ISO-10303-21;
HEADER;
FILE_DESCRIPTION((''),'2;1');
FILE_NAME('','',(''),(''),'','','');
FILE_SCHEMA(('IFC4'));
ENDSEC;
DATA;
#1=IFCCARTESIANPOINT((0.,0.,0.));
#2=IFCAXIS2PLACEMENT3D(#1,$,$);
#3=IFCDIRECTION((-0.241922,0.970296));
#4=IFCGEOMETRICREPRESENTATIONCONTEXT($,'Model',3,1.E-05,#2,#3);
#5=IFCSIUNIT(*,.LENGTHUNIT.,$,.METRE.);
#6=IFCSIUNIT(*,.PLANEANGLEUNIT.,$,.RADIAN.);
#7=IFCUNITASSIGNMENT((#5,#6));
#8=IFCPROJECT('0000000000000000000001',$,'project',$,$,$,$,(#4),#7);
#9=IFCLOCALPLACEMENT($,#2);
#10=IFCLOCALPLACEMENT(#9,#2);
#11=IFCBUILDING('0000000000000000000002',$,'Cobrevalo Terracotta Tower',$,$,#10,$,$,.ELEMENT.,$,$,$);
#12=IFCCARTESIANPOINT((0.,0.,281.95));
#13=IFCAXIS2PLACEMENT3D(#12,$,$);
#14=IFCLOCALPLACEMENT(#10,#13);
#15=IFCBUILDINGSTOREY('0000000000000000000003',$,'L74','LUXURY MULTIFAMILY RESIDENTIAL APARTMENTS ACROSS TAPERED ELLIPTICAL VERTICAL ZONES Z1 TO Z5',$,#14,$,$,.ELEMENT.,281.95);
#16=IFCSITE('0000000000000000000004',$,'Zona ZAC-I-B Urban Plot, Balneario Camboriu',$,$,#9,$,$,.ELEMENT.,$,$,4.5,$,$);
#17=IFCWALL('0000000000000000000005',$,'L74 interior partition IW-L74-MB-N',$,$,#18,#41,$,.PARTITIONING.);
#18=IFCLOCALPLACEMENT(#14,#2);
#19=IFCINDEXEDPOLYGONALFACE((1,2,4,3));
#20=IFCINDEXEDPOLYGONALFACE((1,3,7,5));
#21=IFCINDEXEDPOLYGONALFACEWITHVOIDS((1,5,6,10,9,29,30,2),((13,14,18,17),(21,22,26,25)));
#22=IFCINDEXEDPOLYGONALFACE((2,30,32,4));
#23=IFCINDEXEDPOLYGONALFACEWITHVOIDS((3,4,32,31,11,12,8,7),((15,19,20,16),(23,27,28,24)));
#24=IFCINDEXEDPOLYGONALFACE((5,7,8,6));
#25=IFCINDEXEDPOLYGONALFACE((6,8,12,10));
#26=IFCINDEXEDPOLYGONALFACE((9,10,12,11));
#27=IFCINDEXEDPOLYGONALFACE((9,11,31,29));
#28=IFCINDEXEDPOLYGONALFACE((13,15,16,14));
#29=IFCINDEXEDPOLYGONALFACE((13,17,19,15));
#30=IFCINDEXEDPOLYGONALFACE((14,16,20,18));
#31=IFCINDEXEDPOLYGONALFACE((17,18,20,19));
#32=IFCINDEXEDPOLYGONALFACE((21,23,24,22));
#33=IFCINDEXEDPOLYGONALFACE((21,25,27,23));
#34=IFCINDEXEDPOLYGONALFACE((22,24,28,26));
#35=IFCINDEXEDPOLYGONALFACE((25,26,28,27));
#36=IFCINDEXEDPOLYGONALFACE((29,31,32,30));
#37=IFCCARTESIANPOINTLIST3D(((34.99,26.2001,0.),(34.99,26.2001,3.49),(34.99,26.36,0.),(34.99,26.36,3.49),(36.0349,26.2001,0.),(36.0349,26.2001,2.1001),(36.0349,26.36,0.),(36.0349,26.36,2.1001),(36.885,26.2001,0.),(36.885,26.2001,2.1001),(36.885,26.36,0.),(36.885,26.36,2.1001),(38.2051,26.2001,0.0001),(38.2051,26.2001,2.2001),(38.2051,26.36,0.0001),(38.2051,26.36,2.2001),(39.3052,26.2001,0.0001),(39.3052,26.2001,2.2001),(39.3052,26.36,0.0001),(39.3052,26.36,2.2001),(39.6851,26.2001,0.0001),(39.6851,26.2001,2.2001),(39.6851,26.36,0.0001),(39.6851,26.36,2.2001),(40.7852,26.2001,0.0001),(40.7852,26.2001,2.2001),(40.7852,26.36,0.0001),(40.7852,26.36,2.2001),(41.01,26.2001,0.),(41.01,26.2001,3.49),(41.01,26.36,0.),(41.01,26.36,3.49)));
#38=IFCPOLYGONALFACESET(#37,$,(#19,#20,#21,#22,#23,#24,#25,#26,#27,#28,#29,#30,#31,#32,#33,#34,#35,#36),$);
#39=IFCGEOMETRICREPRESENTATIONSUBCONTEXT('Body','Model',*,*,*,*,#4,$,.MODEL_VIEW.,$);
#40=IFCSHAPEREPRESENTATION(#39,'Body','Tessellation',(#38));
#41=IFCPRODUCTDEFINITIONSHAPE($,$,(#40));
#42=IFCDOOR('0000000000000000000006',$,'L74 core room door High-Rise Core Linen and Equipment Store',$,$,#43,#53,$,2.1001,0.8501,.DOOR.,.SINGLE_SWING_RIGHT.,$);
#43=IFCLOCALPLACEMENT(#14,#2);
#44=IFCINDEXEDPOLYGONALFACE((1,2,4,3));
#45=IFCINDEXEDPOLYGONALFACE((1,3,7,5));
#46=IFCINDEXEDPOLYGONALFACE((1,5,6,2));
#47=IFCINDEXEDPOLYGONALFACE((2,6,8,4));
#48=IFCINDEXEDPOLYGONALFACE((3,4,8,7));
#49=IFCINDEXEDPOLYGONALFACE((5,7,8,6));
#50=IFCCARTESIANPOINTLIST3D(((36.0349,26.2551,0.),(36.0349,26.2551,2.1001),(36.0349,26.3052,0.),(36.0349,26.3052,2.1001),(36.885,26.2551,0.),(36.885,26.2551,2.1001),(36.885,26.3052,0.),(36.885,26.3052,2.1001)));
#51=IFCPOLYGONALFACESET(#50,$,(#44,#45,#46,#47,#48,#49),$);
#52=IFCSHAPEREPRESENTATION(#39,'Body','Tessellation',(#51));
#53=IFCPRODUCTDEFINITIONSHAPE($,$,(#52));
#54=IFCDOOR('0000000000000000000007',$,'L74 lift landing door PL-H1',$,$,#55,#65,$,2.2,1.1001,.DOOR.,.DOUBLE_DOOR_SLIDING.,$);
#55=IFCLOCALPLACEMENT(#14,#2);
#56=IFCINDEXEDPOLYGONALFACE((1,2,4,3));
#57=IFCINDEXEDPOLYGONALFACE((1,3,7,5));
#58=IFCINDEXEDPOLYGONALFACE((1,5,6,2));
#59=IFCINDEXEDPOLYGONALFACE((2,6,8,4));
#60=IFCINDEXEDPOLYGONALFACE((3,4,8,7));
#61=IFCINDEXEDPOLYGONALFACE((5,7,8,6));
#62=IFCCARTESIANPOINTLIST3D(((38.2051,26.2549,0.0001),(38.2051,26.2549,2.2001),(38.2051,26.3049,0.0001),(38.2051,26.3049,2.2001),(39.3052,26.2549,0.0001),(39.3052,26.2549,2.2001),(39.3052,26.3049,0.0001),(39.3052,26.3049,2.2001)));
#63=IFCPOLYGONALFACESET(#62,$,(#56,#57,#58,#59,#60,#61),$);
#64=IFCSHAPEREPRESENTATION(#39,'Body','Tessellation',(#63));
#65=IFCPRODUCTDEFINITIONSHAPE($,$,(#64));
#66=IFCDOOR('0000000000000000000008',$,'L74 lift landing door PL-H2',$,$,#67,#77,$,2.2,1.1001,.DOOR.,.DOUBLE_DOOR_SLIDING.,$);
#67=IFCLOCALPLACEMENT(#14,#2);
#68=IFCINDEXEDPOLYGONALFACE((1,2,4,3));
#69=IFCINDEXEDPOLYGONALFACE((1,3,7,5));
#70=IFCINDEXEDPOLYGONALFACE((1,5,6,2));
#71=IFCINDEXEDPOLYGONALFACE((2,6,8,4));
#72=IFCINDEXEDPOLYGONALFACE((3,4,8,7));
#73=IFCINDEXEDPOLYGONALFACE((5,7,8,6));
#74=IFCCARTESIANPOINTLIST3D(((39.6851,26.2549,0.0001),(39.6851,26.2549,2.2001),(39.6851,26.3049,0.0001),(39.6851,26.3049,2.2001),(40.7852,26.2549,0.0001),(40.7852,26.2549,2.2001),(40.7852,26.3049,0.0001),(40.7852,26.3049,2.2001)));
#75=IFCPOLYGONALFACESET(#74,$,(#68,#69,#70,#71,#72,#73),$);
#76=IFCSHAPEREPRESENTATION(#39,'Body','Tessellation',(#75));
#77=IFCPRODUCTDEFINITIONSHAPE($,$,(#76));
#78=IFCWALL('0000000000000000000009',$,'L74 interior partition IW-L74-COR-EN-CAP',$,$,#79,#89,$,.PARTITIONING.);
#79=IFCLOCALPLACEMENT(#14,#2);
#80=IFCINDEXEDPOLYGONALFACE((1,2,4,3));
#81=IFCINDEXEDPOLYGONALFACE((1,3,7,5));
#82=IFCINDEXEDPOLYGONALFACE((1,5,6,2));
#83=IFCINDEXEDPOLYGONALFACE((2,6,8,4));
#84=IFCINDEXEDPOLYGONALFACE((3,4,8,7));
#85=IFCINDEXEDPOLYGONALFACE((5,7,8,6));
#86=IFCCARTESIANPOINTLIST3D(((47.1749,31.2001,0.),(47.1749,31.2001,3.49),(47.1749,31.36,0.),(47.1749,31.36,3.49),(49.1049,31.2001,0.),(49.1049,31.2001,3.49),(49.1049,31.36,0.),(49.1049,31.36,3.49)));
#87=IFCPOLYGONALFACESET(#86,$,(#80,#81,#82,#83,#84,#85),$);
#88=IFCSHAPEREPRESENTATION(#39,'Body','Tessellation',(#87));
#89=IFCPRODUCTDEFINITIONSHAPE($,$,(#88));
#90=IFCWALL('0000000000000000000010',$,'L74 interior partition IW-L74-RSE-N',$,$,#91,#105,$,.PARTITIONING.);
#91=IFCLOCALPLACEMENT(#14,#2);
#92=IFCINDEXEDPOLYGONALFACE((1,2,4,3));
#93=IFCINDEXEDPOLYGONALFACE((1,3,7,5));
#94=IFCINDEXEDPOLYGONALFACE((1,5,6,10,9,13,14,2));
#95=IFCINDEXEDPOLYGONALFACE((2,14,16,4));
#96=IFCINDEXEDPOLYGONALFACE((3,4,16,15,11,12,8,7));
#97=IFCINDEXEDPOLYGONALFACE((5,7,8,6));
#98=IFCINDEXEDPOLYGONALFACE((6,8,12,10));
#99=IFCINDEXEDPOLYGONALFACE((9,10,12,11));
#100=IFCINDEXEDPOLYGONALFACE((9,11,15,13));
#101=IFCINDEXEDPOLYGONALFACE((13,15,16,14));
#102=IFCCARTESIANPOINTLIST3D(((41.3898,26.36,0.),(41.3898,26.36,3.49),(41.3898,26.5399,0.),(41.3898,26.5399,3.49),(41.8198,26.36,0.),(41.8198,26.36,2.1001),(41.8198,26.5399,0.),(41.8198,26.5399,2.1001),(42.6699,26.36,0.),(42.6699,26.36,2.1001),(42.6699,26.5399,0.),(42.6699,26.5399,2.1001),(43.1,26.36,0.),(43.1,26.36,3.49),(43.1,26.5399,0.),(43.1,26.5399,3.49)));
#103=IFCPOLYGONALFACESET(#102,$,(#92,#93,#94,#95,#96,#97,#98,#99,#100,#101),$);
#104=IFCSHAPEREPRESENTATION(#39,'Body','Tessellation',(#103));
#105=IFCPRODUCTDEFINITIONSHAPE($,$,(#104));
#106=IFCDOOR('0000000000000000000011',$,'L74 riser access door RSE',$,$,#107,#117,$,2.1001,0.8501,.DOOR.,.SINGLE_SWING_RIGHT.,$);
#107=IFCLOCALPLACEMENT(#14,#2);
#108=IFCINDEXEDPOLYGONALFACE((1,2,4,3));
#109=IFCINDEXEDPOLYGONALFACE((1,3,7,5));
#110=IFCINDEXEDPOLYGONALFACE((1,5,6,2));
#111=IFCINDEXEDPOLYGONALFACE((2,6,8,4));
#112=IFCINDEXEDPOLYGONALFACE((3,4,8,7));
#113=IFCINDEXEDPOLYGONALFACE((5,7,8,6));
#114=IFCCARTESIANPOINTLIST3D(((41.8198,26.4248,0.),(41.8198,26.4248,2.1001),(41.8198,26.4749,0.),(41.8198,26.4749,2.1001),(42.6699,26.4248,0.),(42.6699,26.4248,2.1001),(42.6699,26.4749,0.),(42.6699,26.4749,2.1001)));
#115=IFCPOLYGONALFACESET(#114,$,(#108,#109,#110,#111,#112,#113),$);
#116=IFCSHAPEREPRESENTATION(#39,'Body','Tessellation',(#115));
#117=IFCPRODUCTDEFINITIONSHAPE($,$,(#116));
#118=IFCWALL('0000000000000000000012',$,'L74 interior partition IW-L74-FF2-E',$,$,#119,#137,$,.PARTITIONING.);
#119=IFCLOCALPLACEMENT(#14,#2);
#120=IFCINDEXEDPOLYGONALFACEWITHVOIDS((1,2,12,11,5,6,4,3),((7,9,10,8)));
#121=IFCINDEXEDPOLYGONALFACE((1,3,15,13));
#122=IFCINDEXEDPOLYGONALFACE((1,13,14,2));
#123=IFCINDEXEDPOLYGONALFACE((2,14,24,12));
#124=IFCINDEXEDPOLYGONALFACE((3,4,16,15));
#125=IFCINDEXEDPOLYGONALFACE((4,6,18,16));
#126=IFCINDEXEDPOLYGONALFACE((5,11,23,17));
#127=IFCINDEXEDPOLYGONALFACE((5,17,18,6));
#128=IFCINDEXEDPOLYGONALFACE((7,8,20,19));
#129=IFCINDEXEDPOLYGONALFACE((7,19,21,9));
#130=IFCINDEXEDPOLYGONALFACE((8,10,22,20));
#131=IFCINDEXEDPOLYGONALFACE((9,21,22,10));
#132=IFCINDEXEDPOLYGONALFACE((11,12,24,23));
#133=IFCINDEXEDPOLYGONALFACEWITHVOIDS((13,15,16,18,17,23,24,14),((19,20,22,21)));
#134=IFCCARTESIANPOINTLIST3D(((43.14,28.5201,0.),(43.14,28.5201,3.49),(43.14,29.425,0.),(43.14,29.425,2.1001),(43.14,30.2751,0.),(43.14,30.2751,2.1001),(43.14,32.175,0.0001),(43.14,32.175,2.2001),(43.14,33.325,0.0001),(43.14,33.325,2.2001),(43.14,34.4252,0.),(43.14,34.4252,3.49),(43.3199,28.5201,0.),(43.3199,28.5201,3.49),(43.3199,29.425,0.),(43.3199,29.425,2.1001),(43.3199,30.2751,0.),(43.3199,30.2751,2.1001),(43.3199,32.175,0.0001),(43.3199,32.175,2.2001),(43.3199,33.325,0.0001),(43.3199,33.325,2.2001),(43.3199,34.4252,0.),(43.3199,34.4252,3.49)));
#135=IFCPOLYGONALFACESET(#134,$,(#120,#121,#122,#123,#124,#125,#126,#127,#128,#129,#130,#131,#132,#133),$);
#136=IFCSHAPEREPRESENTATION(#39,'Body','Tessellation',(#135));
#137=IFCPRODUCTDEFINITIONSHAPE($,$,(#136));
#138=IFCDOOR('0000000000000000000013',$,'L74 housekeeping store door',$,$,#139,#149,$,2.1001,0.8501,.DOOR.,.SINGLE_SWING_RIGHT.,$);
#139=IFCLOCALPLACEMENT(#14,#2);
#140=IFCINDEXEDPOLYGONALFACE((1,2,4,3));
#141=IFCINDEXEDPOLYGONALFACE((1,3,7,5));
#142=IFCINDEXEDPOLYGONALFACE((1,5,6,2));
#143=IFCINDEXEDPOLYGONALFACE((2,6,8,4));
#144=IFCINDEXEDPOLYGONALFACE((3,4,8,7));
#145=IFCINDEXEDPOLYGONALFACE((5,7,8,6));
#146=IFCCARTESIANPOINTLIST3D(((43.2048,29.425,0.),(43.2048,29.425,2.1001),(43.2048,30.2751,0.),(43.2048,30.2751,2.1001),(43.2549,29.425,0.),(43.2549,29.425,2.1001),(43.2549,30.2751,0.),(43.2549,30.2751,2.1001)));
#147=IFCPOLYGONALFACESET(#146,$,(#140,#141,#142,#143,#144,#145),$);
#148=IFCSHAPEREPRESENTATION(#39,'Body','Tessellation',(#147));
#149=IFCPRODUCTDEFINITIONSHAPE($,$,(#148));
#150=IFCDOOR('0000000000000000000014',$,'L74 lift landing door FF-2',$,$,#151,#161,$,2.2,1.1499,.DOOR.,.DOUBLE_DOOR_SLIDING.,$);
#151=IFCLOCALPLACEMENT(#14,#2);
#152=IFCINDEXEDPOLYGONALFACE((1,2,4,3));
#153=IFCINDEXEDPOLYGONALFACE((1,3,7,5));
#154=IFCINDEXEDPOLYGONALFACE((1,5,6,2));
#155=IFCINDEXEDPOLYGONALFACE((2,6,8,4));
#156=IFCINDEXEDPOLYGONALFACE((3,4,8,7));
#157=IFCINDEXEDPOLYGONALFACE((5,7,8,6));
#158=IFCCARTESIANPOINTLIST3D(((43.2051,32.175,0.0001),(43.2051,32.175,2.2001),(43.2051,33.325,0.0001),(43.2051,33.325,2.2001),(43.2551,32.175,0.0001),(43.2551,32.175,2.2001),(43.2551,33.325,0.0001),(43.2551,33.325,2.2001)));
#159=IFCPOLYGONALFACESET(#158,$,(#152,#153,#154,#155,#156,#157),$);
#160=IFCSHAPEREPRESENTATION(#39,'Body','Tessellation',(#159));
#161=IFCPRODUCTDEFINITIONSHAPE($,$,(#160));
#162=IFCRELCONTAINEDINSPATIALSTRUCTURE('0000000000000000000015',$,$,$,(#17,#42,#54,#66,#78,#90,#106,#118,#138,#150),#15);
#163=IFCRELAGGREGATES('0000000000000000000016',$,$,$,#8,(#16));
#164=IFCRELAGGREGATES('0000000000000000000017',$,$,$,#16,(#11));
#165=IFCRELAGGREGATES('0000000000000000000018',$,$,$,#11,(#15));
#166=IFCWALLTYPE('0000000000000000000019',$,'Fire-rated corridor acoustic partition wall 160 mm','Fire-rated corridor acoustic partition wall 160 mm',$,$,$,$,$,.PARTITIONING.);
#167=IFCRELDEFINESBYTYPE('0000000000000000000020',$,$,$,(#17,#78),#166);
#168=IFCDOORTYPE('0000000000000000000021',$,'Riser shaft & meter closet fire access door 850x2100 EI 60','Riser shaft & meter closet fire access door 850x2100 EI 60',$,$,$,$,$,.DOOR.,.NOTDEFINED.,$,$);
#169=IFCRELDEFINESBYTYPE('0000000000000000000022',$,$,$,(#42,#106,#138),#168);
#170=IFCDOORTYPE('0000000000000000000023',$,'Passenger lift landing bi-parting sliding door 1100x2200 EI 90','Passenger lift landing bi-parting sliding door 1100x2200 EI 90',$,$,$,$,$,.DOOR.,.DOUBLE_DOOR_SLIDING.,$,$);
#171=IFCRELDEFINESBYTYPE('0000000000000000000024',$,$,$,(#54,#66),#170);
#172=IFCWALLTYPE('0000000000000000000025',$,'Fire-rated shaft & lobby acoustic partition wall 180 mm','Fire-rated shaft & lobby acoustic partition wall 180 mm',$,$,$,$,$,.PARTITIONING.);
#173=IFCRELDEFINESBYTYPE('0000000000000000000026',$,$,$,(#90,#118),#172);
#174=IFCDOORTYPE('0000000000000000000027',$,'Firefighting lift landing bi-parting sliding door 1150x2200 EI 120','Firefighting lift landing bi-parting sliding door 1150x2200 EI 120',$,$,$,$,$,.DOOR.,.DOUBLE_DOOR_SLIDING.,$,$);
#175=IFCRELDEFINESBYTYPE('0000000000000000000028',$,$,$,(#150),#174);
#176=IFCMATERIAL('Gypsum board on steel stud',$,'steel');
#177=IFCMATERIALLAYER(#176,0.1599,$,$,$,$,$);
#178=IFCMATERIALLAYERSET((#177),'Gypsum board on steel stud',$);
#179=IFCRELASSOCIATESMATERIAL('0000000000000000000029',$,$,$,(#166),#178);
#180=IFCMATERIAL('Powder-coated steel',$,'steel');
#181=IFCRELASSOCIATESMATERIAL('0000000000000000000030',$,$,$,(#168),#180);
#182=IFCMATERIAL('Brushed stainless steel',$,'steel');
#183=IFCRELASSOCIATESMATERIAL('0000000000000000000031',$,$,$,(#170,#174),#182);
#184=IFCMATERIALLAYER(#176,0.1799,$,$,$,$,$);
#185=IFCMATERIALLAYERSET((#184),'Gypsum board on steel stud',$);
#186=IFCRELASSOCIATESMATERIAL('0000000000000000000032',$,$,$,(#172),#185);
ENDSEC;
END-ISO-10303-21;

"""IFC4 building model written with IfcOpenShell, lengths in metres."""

from ifc_helpers import new_model, si_unit, direction, frame, frame_2d, origin, place, context, subcontext, project, spatial, rectangle, extrude, source, transform, mapped, material, layer, layer_set, type_object, element, fill, save


model = new_model("IFC4")

# Units and contexts
model_context = context("Model", 3, precision=1e-05, world=origin(), true_north=direction((-0.241922, 0.970296)))
body_context = subcontext(model_context, "Body", "Model", "MODEL_VIEW")
ifc_project = project(units=[si_unit("LENGTHUNIT", "METRE"), si_unit("PLANEANGLEUNIT", "RADIAN")], contexts=[model_context])

# Site, building, storey
site_placement = place(None, origin())
site = spatial("IfcSite", under=ifc_project, at=site_placement, Name="Zona ZAC-I-B Urban Plot, Balneario Camboriu", CompositionType="ELEMENT", RefElevation=4.5)
building_placement = place(site_placement, origin())
building = spatial("IfcBuilding", under=site, at=building_placement, Name="Cobrevalo Terracotta Tower", CompositionType="ELEMENT")
storey_placement = place(building_placement, frame((0.0, 0.0, 281.95)))
storey = spatial("IfcBuildingStorey", under=building, at=storey_placement, Name="L74", Description="LUXURY MULTIFAMILY RESIDENTIAL APARTMENTS ACROSS TAPERED ELLIPTICAL VERTICAL ZONES Z1 TO Z5", CompositionType="ELEMENT", Elevation=281.95)

# Shared definitions
ifc_material_1 = material(Name="Gypsum board on steel stud", Category="steel")
ifc_layer_1 = layer(ifc_material_1, 0.1599)
ifc_layer_set_1 = layer_set([ifc_layer_1], Name="Gypsum board on steel stud")
wall_type_1 = type_object("IfcWallType", Name="Fire-rated corridor acoustic partition wall 160 mm", Description="Fire-rated corridor acoustic partition wall 160 mm", PredefinedType="PARTITIONING", material=ifc_layer_set_1)

# Wall, openings, doors
ifc_material_2 = material(Name="Powder-coated steel", Category="steel")
door_type_1 = type_object("IfcDoorType", Name="Riser shaft & meter closet fire access door 850x2100 EI 60", Description="Riser shaft & meter closet fire access door 850x2100 EI 60", OperationType="NOTDEFINED", PredefinedType="DOOR", material=ifc_material_2)
shared_shape_1 = source(origin(), body_context, "Body", "SweptSolid", [
    extrude(rectangle(XDim=0.8501, YDim=2.1001, at=frame_2d((0.425, 1.05))), frame((0.0, 0.0249, 0.0), z_axis=(0.0, -1.0, 0.0), x_axis=(1.0, 0.0, 0.0)), (0.0, 0.0, 1.0), 0.05),
])
wall_1_placement = place(storey_placement, frame((34.99, 26.28, 0.0), z_axis=(0.0, 0.0, 1.0), x_axis=(1.0, 0.0, 0.0)))
wall_1 = element("IfcWall", 1, at=wall_1_placement, inside=storey, type_object=wall_type_1, Name="L74 interior partition IW-L74-MB-N", PredefinedType="PARTITIONING", context=body_context, shape_type="SweptSolid", body=[
    extrude(rectangle(XDim=6.02, YDim=0.1599, at=frame_2d((3.01, 0.0))), origin(), (0.0, 0.0, 1.0), 3.49),
])
opening_1_placement = place(wall_1_placement, frame((1.0449, 0.0, 0.0)))
opening_1 = element("IfcOpeningElement", 2, at=opening_1_placement, cuts=wall_1, PredefinedType="OPENING", context=body_context, shape_type="SweptSolid", body=[
    extrude(rectangle(XDim=0.8501, YDim=2.1001, at=frame_2d((0.425, 1.05))), frame((0.0, 0.0898, 0.0), z_axis=(0.0, -1.0, 0.0), x_axis=(1.0, 0.0, 0.0)), (0.0, 0.0, 1.0), 0.1799),
])
opening_2_placement = place(wall_1_placement, frame((3.2151, 0.0, 0.0)))
opening_2 = element("IfcOpeningElement", 3, at=opening_2_placement, cuts=wall_1, PredefinedType="OPENING", context=body_context, shape_type="SweptSolid", body=[
    extrude(rectangle(XDim=1.1001, YDim=2.2, at=frame_2d((0.55, 1.1001))), frame((0.0, 0.0898, 0.0), z_axis=(0.0, -1.0, 0.0), x_axis=(1.0, 0.0, 0.0)), (0.0, 0.0, 1.0), 0.1799),
])
opening_3_placement = place(wall_1_placement, frame((4.6951, 0.0, 0.0)))
opening_3 = element("IfcOpeningElement", 4, at=opening_3_placement, cuts=wall_1, PredefinedType="OPENING", context=body_context, shape_type="SweptSolid", body=[
    extrude(rectangle(XDim=1.1001, YDim=2.2, at=frame_2d((0.55, 1.1001))), frame((0.0, 0.0898, 0.0), z_axis=(0.0, -1.0, 0.0), x_axis=(1.0, 0.0, 0.0)), (0.0, 0.0, 1.0), 0.1799),
])
door_1_placement = place(opening_1_placement, frame((0.8501, 0.0, 0.0), z_axis=(0.0, 0.0, 1.0), x_axis=(-1.0, 0.0, 0.0)))
door_1 = element("IfcDoor", 5, at=door_1_placement, inside=storey, type_object=door_type_1, Name="L74 core room door High-Rise Core Linen and Equipment Store", OperationType="SINGLE_SWING_RIGHT", OverallHeight=2.1001, OverallWidth=0.8501, PredefinedType="DOOR", context=body_context, shape_type="MappedRepresentation", body=[
    mapped(shared_shape_1, transform((0.0, 0.0, 0.0), scale=1.0)),
])
fill(opening_1, door_1)
ifc_material_3 = material(Name="Brushed stainless steel", Category="steel")
door_type_2 = type_object("IfcDoorType", Name="Passenger lift landing bi-parting sliding door 1100x2200 EI 90", Description="Passenger lift landing bi-parting sliding door 1100x2200 EI 90", OperationType="DOUBLE_DOOR_SLIDING", PredefinedType="DOOR", material=ifc_material_3)
shared_shape_2 = source(origin(), body_context, "Body", "SweptSolid", [
    extrude(rectangle(XDim=1.1001, YDim=2.2, at=frame_2d((0.55, 1.1001))), frame((0.0, 0.0249, 0.0), z_axis=(0.0, -1.0, 0.0), x_axis=(1.0, 0.0, 0.0)), (0.0, 0.0, 1.0), 0.05),
])
door_2_placement = place(opening_2_placement, origin())
door_2 = element("IfcDoor", 6, at=door_2_placement, inside=storey, type_object=door_type_2, Name="L74 lift landing door PL-H1", OperationType="DOUBLE_DOOR_SLIDING", OverallHeight=2.2, OverallWidth=1.1001, PredefinedType="DOOR", context=body_context, shape_type="MappedRepresentation", body=[
    mapped(shared_shape_2, transform((0.0, 0.0, 0.0), scale=1.0)),
])
fill(opening_2, door_2)
door_3_placement = place(opening_3_placement, origin())
door_3 = element("IfcDoor", 7, at=door_3_placement, inside=storey, type_object=door_type_2, Name="L74 lift landing door PL-H2", OperationType="DOUBLE_DOOR_SLIDING", OverallHeight=2.2, OverallWidth=1.1001, PredefinedType="DOOR", context=body_context, shape_type="MappedRepresentation", body=[
    mapped(shared_shape_2, transform((0.0, 0.0, 0.0), scale=1.0)),
])
fill(opening_3, door_3)

# Wall
wall_2_placement = place(storey_placement, frame((47.175, 31.28, 0.0), z_axis=(0.0, 0.0, 1.0), x_axis=(1.0, 0.0, 0.0)))
element("IfcWall", 8, at=wall_2_placement, inside=storey, type_object=wall_type_1, Name="L74 interior partition IW-L74-COR-EN-CAP", PredefinedType="PARTITIONING", context=body_context, shape_type="SweptSolid", body=[
    extrude(rectangle(XDim=1.9299, YDim=0.1599, at=frame_2d((0.9648, 0.0))), origin(), (0.0, 0.0, 1.0), 3.49),
])

# Wall, opening, door
ifc_layer_2 = layer(ifc_material_1, 0.1799)
ifc_layer_set_2 = layer_set([ifc_layer_2], Name="Gypsum board on steel stud")
wall_type_2 = type_object("IfcWallType", Name="Fire-rated shaft & lobby acoustic partition wall 180 mm", Description="Fire-rated shaft & lobby acoustic partition wall 180 mm", PredefinedType="PARTITIONING", material=ifc_layer_set_2)
wall_3_placement = place(storey_placement, frame((41.3899, 26.45, 0.0), z_axis=(0.0, 0.0, 1.0), x_axis=(1.0, 0.0, 0.0)))
wall_3 = element("IfcWall", 9, at=wall_3_placement, inside=storey, type_object=wall_type_2, Name="L74 interior partition IW-L74-RSE-N", PredefinedType="PARTITIONING", context=body_context, shape_type="SweptSolid", body=[
    extrude(rectangle(XDim=1.7102, YDim=0.1799, at=frame_2d((0.855, 0.0))), origin(), (0.0, 0.0, 1.0), 3.49),
])
opening_4_placement = place(wall_3_placement, frame((0.4299, 0.0, 0.0)))
opening_4 = element("IfcOpeningElement", 10, at=opening_4_placement, cuts=wall_3, PredefinedType="OPENING", context=body_context, shape_type="SweptSolid", body=[
    extrude(rectangle(XDim=0.8501, YDim=2.1001, at=frame_2d((0.425, 1.05))), frame((0.0, 0.1001, 0.0), z_axis=(0.0, -1.0, 0.0), x_axis=(1.0, 0.0, 0.0)), (0.0, 0.0, 1.0), 0.2),
])
door_4_placement = place(opening_4_placement, origin())
door_4 = element("IfcDoor", 11, at=door_4_placement, inside=storey, type_object=door_type_1, Name="L74 riser access door RSE", OperationType="SINGLE_SWING_RIGHT", OverallHeight=2.1001, OverallWidth=0.8501, PredefinedType="DOOR", context=body_context, shape_type="MappedRepresentation", body=[
    mapped(shared_shape_1, transform((0.0, 0.0, 0.0), scale=1.0)),
])
fill(opening_4, door_4)

# Wall, openings, doors
wall_4_placement = place(storey_placement, frame((43.23, 28.52, 0.0), z_axis=(0.0, 0.0, 1.0), x_axis=(0.0, 1.0, 0.0)))
wall_4 = element("IfcWall", 12, at=wall_4_placement, inside=storey, type_object=wall_type_2, Name="L74 interior partition IW-L74-FF2-E", PredefinedType="PARTITIONING", context=body_context, shape_type="SweptSolid", body=[
    extrude(rectangle(XDim=5.905, YDim=0.1799, at=frame_2d((2.9526, 0.0))), origin(), (0.0, 0.0, 1.0), 3.49),
])
opening_5_placement = place(wall_4_placement, frame((0.905, 0.0, 0.0)))
opening_5 = element("IfcOpeningElement", 13, at=opening_5_placement, cuts=wall_4, PredefinedType="OPENING", context=body_context, shape_type="SweptSolid", body=[
    extrude(rectangle(XDim=0.8501, YDim=2.1001, at=frame_2d((0.425, 1.05))), frame((0.0, 0.1001, 0.0), z_axis=(0.0, -1.0, 0.0), x_axis=(1.0, 0.0, 0.0)), (0.0, 0.0, 1.0), 0.2),
])
opening_6_placement = place(wall_4_placement, frame((3.655, 0.0, 0.0)))
opening_6 = element("IfcOpeningElement", 14, at=opening_6_placement, cuts=wall_4, PredefinedType="OPENING", context=body_context, shape_type="SweptSolid", body=[
    extrude(rectangle(XDim=1.1499, YDim=2.2, at=frame_2d((0.575, 1.1001))), frame((0.0, 0.1001, 0.0), z_axis=(0.0, -1.0, 0.0), x_axis=(1.0, 0.0, 0.0)), (0.0, 0.0, 1.0), 0.2),
])
door_5_placement = place(opening_5_placement, frame((0.8501, 0.0, 0.0), z_axis=(0.0, 0.0, 1.0), x_axis=(-1.0, 0.0, 0.0)))
door_5 = element("IfcDoor", 15, at=door_5_placement, inside=storey, type_object=door_type_1, Name="L74 housekeeping store door", OperationType="SINGLE_SWING_RIGHT", OverallHeight=2.1001, OverallWidth=0.8501, PredefinedType="DOOR", context=body_context, shape_type="MappedRepresentation", body=[
    mapped(shared_shape_1, transform((0.0, 0.0, 0.0), scale=1.0)),
])
fill(opening_5, door_5)
door_type_3 = type_object("IfcDoorType", Name="Firefighting lift landing bi-parting sliding door 1150x2200 EI 120", Description="Firefighting lift landing bi-parting sliding door 1150x2200 EI 120", OperationType="DOUBLE_DOOR_SLIDING", PredefinedType="DOOR", material=ifc_material_3)
shared_shape_3 = source(origin(), body_context, "Body", "SweptSolid", [
    extrude(rectangle(XDim=1.1499, YDim=2.2, at=frame_2d((0.575, 1.1001))), frame((0.0, 0.0249, 0.0), z_axis=(0.0, -1.0, 0.0), x_axis=(1.0, 0.0, 0.0)), (0.0, 0.0, 1.0), 0.05),
])
door_6_placement = place(opening_6_placement, origin())
door_6 = element("IfcDoor", 16, at=door_6_placement, inside=storey, type_object=door_type_3, Name="L74 lift landing door FF-2", OperationType="DOUBLE_DOOR_SLIDING", OverallHeight=2.2, OverallWidth=1.1499, PredefinedType="DOOR", context=body_context, shape_type="MappedRepresentation", body=[
    mapped(shared_shape_3, transform((0.0, 0.0, 0.0), scale=1.0)),
])
fill(opening_6, door_6)

save(model, "model.ifc")
